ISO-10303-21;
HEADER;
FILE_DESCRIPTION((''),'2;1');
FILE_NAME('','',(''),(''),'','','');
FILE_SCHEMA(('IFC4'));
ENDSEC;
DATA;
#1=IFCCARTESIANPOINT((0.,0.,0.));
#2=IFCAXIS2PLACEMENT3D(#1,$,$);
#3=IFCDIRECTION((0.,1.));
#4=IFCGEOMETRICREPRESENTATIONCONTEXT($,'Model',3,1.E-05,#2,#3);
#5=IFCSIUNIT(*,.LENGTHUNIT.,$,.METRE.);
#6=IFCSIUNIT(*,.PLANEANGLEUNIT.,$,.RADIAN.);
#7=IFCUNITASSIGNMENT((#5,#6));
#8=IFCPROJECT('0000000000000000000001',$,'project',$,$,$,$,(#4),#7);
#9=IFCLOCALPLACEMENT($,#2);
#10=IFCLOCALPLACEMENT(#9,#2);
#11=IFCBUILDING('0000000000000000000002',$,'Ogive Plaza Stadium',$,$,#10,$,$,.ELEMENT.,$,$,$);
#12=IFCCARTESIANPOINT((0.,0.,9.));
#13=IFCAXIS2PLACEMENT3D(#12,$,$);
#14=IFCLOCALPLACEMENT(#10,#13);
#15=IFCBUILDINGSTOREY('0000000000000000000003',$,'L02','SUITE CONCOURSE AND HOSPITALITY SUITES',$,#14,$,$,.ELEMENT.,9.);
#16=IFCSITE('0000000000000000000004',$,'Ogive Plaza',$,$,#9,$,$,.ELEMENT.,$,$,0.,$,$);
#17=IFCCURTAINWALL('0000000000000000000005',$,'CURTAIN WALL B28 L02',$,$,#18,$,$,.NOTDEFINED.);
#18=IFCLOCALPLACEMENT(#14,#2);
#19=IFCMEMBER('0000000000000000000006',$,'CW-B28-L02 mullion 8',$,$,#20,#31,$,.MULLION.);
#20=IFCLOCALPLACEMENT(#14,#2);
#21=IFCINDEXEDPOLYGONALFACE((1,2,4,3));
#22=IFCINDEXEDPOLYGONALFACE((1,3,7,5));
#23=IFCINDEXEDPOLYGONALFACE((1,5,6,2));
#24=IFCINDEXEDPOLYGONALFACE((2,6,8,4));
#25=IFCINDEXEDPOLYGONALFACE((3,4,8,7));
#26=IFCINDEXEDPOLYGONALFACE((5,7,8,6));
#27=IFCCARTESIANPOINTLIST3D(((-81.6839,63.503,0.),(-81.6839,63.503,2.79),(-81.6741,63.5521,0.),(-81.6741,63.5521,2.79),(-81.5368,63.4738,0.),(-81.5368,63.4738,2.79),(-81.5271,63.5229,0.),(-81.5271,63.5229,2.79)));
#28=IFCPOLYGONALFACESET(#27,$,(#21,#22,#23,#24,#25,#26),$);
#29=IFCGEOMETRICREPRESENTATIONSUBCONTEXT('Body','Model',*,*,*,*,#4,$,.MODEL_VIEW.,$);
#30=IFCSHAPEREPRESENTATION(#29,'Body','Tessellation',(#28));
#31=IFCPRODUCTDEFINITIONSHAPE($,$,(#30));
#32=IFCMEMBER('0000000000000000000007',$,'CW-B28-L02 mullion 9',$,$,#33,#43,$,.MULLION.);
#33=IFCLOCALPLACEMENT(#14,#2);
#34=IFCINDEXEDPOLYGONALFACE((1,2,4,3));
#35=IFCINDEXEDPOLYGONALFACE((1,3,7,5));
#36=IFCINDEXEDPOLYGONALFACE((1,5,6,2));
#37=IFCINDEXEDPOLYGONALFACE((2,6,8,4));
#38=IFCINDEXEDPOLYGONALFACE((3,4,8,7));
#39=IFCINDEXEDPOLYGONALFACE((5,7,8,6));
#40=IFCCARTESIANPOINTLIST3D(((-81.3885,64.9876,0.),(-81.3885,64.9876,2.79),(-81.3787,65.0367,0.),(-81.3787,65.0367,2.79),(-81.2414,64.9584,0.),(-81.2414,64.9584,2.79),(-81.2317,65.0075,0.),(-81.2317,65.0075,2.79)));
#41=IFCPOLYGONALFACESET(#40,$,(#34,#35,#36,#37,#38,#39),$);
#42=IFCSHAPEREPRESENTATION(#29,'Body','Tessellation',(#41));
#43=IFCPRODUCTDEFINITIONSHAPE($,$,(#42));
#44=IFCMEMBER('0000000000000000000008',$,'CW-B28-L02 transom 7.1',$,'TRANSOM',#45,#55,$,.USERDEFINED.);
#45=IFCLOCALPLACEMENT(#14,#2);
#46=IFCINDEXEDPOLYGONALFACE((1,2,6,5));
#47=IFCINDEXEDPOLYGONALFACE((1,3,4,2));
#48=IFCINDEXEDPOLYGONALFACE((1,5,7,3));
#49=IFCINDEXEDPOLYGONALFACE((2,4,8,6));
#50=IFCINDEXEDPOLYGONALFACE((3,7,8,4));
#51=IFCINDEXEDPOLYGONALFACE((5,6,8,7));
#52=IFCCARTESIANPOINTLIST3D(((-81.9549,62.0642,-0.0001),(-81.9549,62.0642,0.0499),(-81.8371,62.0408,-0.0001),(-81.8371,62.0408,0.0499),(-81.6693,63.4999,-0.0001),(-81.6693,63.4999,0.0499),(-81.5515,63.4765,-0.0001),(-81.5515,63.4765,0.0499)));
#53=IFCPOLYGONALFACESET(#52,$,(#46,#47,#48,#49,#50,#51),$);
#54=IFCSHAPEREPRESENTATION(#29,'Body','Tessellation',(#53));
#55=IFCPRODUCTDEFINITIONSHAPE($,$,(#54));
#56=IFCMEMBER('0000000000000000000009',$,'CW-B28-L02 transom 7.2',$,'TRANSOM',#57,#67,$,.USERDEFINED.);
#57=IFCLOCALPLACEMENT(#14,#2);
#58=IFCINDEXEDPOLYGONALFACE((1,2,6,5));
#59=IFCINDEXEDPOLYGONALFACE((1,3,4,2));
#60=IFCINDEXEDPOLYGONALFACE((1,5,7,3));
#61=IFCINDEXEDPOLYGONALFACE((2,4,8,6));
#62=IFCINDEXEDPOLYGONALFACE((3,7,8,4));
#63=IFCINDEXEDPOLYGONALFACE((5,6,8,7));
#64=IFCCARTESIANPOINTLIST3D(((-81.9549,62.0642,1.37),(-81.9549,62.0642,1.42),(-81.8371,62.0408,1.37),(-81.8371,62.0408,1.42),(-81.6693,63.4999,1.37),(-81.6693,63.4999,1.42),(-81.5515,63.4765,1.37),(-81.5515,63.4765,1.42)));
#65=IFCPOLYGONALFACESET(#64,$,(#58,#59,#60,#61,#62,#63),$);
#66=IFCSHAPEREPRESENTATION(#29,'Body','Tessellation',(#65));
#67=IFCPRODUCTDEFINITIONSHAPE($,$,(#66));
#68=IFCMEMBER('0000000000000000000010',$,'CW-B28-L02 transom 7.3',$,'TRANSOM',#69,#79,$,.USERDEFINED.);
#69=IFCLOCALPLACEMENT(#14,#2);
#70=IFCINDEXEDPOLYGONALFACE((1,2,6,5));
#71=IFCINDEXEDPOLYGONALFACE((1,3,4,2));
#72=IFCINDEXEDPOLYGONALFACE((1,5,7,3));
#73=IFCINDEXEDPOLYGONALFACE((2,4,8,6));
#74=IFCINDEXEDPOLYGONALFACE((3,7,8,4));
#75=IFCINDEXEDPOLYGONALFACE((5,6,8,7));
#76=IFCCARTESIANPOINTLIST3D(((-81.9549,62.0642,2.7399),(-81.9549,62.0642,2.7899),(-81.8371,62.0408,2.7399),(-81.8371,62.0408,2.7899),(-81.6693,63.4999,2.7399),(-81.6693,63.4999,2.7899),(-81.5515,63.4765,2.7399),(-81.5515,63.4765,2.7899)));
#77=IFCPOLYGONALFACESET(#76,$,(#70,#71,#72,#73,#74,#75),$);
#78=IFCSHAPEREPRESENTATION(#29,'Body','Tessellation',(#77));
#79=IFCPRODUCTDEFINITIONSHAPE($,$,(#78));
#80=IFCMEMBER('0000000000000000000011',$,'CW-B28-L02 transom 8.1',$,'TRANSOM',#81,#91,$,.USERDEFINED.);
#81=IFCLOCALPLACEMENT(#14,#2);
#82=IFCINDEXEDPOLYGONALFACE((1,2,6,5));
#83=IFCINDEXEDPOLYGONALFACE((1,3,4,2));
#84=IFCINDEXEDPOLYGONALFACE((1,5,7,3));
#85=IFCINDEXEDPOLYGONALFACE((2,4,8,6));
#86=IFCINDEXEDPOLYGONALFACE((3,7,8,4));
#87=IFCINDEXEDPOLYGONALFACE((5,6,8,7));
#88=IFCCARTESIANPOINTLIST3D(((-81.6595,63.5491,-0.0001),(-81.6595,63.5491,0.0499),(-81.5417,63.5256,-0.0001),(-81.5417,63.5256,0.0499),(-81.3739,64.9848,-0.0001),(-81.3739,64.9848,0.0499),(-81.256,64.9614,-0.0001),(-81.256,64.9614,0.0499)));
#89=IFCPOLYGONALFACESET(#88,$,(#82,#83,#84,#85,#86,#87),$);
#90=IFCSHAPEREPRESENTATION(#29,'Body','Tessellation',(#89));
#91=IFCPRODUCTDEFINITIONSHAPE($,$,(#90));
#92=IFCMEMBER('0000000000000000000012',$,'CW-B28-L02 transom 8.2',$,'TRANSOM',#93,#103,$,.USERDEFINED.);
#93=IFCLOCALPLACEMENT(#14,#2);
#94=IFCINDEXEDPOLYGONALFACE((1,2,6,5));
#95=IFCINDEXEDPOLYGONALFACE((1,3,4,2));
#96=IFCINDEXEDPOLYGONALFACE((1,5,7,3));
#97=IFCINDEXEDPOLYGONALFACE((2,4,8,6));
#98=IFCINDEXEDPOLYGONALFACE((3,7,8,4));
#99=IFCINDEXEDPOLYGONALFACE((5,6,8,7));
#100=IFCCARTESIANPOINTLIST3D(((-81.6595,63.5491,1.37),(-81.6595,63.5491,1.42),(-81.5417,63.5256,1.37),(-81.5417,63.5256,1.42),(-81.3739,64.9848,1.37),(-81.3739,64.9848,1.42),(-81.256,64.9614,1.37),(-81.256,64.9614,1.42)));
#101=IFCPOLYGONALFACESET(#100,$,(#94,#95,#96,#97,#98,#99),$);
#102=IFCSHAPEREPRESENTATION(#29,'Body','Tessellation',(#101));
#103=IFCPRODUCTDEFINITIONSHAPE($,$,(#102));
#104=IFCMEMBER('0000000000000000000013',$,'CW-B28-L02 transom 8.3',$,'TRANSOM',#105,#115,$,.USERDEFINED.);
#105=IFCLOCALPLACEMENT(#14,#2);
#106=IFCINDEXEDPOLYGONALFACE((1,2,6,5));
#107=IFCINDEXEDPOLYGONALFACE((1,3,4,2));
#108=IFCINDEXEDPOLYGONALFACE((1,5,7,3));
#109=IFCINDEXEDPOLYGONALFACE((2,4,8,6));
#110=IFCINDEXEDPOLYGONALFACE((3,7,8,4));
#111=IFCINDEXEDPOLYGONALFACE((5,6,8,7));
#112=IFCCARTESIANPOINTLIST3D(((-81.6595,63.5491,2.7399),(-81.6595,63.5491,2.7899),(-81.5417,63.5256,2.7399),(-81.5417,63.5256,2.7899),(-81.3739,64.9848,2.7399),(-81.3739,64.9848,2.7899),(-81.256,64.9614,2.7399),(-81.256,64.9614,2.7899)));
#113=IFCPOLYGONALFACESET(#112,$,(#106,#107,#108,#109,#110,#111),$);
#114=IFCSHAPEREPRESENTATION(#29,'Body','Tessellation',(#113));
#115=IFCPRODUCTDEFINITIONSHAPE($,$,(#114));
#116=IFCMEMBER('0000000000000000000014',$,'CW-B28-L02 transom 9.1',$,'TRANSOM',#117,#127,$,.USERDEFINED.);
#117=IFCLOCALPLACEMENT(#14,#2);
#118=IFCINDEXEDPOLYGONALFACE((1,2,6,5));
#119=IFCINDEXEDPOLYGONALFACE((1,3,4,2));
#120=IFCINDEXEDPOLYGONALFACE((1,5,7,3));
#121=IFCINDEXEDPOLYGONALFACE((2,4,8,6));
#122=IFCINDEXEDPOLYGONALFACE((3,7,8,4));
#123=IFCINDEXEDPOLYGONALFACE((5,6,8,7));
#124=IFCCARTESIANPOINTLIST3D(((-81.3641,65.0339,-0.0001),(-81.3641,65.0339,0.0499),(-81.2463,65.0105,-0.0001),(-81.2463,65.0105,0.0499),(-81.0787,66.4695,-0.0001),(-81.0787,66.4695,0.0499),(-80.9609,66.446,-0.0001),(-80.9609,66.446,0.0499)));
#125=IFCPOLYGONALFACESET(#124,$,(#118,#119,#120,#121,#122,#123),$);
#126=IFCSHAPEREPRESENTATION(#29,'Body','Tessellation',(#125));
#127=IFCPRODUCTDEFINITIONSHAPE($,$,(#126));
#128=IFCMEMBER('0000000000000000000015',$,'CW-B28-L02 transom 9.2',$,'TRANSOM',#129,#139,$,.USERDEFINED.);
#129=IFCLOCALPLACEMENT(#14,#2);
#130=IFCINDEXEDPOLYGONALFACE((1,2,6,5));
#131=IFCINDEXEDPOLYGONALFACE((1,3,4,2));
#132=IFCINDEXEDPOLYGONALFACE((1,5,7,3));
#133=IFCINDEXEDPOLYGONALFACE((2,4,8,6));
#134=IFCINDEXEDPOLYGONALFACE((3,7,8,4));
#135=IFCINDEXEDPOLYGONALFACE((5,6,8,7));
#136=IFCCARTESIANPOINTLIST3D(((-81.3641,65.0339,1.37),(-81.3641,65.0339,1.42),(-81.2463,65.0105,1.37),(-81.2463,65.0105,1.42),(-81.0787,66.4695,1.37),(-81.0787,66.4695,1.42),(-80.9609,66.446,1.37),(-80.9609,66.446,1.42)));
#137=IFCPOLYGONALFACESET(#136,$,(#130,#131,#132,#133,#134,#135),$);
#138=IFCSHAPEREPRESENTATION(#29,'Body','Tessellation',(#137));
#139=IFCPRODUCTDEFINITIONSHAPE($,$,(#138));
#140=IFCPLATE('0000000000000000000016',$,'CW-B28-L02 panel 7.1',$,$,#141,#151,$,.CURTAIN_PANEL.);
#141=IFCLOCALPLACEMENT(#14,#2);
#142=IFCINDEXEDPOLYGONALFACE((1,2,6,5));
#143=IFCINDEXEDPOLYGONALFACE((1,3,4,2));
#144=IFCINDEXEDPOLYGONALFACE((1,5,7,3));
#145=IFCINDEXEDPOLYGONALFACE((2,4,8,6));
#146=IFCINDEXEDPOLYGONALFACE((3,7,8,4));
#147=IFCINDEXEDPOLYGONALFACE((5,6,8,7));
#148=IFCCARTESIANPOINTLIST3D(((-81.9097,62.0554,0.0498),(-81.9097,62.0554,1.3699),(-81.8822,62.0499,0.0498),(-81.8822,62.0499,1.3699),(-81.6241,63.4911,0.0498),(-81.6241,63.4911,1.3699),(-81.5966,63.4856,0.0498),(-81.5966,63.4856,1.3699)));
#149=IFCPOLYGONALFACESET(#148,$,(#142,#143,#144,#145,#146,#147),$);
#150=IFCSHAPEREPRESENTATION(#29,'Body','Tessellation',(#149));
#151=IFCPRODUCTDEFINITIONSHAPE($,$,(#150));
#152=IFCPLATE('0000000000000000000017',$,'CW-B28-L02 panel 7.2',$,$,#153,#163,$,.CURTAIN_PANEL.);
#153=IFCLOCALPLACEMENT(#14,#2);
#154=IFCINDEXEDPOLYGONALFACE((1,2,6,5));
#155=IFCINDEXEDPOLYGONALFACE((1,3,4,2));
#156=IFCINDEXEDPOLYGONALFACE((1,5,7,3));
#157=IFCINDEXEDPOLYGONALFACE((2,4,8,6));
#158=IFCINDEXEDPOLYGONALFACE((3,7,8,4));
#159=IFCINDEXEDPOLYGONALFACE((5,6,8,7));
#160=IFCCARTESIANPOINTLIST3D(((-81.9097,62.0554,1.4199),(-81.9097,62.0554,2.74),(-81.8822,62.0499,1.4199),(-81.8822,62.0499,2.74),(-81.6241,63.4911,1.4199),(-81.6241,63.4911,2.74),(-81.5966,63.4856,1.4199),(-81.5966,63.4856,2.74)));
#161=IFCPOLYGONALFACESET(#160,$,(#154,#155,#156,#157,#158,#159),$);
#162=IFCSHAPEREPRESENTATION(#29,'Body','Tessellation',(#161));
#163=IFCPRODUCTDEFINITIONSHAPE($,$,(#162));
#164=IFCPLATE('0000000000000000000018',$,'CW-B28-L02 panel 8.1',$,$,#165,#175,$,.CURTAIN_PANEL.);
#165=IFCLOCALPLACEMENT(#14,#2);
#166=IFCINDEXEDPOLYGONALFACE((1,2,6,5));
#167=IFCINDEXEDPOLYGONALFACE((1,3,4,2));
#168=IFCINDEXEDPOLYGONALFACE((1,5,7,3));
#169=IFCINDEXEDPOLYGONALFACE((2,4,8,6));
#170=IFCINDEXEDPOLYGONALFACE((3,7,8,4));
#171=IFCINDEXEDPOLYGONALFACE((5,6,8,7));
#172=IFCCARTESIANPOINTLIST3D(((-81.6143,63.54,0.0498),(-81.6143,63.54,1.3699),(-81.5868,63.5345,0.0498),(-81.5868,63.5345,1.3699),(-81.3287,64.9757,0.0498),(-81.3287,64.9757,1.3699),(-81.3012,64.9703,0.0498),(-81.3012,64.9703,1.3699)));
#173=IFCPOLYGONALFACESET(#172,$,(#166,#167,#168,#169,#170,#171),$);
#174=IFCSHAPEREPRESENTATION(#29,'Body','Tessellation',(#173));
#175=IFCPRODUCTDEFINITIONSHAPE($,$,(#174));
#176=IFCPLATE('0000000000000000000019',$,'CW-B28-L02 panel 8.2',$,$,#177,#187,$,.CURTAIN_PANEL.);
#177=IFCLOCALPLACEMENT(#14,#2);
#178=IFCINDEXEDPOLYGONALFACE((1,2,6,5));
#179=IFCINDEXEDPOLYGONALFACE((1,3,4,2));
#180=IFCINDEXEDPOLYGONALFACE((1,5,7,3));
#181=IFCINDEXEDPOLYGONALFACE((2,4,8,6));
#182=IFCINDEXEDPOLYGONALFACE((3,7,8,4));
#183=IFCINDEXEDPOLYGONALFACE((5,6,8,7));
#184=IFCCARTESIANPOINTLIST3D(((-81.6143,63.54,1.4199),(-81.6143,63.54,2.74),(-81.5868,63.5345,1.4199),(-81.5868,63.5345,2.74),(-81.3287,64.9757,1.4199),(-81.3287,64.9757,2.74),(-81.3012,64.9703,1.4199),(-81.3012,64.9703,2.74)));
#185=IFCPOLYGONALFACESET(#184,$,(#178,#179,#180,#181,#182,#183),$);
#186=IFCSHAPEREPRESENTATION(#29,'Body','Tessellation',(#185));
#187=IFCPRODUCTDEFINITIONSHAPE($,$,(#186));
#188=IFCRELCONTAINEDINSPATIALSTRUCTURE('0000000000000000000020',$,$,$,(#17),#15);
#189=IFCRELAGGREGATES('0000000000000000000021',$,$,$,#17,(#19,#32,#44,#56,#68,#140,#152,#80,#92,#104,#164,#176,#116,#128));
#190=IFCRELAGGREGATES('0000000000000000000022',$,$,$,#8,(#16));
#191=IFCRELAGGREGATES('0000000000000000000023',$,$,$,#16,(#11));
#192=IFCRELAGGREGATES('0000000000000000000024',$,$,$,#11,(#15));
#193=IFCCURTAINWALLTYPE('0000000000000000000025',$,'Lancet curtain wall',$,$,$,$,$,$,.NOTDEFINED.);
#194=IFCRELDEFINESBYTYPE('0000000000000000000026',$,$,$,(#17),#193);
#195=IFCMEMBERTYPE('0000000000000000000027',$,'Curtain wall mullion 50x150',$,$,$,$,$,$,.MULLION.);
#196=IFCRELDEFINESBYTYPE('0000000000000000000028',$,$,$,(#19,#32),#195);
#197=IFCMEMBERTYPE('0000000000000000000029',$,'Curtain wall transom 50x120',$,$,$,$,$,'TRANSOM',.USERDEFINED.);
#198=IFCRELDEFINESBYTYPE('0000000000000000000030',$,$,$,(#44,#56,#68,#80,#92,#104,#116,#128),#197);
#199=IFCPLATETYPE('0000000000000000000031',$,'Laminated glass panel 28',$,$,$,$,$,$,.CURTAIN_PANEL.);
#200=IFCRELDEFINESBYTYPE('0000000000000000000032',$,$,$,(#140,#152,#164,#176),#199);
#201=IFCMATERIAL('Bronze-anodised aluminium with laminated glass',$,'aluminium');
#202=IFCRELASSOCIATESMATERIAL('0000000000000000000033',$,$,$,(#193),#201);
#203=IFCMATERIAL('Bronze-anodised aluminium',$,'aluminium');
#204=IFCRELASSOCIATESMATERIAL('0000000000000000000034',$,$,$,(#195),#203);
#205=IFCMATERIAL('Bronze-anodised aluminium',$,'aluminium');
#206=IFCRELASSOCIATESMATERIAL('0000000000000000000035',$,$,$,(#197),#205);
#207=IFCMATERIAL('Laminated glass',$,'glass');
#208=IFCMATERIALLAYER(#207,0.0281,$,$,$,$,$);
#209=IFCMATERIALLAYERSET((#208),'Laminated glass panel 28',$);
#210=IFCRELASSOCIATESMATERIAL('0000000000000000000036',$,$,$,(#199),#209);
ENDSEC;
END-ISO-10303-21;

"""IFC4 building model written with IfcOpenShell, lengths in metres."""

from ifc_helpers import new_model, si_unit, direction, frame, origin, origin_2d, place, context, subcontext, project, spatial, rectangle, extrude, material, layer, layer_set, material_profile, profile_set, type_object, element, aggregate, save


model = new_model("IFC4")

# Units and contexts
model_context = context("Model", 3, precision=1e-05, world=origin(), true_north=direction((0.0, 1.0)))
body_context = subcontext(model_context, "Body", "Model", "MODEL_VIEW")
ifc_project = project(units=[si_unit("LENGTHUNIT", "METRE"), si_unit("PLANEANGLEUNIT", "RADIAN")], contexts=[model_context])

# Site, building, storey
site_placement = place(None, origin())
site = spatial("IfcSite", under=ifc_project, at=site_placement, Name="Ogive Plaza", CompositionType="ELEMENT", RefElevation=0.0)
building_placement = place(site_placement, origin())
building = spatial("IfcBuilding", under=site, at=building_placement, Name="Ogive Plaza Stadium", CompositionType="ELEMENT")
storey_placement = place(building_placement, frame((0.0, 0.0, 9.0)))
storey = spatial("IfcBuildingStorey", under=building, at=storey_placement, Name="L02", Description="SUITE CONCOURSE AND HOSPITALITY SUITES", CompositionType="ELEMENT", Elevation=9.0)

# Curtain wall, members, plates
ifc_material_1 = material(Name="Bronze-anodised aluminium with laminated glass", Category="aluminium")
curtain_wall_type = type_object("IfcCurtainWallType", Name="Lancet curtain wall", PredefinedType="NOTDEFINED", material=ifc_material_1)
curtain_wall_placement = place(storey_placement, origin())
curtain_wall = element("IfcCurtainWall", 1, at=curtain_wall_placement, inside=storey, type_object=curtain_wall_type, Name="CURTAIN WALL B28 L02", PredefinedType="NOTDEFINED")
ifc_material_2 = material(Name="Bronze-anodised aluminium", Category="aluminium")
ifc_material_profile_1 = material_profile(ifc_material_2, rectangle(XDim=0.1499, YDim=0.05, at=origin_2d()), Name="AL 150x50")
ifc_profile_set_1 = profile_set([ifc_material_profile_1], Name="Bronze-anodised aluminium")
member_type_1 = type_object("IfcMemberType", Name="Curtain wall mullion 50x150", PredefinedType="MULLION", material=ifc_profile_set_1)
member_1_placement = place(storey_placement, frame((-81.6055, 63.5129, 0.0), z_axis=(0.0, 0.0, 1.0), x_axis=(-0.980785, 0.19509, 0.0)))
member_1 = element("IfcMember", 2, at=member_1_placement, type_object=member_type_1, Name="CW-B28-L02 mullion 8", PredefinedType="MULLION", context=body_context, shape_type="SweptSolid", body=[
    extrude(rectangle(XDim=0.1499, YDim=0.05, at=origin_2d()), origin(), (0.0, 0.0, 1.0), 2.79),
])
member_2_placement = place(storey_placement, frame((-81.3101, 64.9976, 0.0), z_axis=(0.0, 0.0, 1.0), x_axis=(-0.980785, 0.19509, 0.0)))
member_2 = element("IfcMember", 3, at=member_2_placement, type_object=member_type_1, Name="CW-B28-L02 mullion 9", PredefinedType="MULLION", context=body_context, shape_type="SweptSolid", body=[
    extrude(rectangle(XDim=0.1499, YDim=0.05, at=origin_2d()), origin(), (0.0, 0.0, 1.0), 2.79),
])
ifc_material_3 = material(Name="Bronze-anodised aluminium", Category="aluminium")
ifc_material_profile_2 = material_profile(ifc_material_3, rectangle(XDim=0.1201, YDim=0.05, at=origin_2d()), Name="AL 120x50")
ifc_profile_set_2 = profile_set([ifc_material_profile_2], Name="Bronze-anodised aluminium")
member_type_2 = type_object("IfcMemberType", Name="Curtain wall transom 50x120", ElementType="TRANSOM", PredefinedType="USERDEFINED", material=ifc_profile_set_2)
member_3_placement = place(storey_placement, frame((-81.896, 62.0525, 0.0249), z_axis=(0.195122, 0.980779, 0.0), x_axis=(-0.980779, 0.195122, 0.0)))
member_3 = element("IfcMember", 4, at=member_3_placement, type_object=member_type_2, Name="CW-B28-L02 transom 7.1", ObjectType="TRANSOM", PredefinedType="USERDEFINED", context=body_context, shape_type="SweptSolid", body=[
    extrude(rectangle(XDim=0.1201, YDim=0.05, at=origin_2d()), origin(), (0.0, 0.0, 1.0), 1.4639),
])
member_4_placement = place(storey_placement, frame((-81.896, 62.0525, 1.395), z_axis=(0.195122, 0.980779, 0.0), x_axis=(-0.980779, 0.195122, 0.0)))
member_4 = element("IfcMember", 5, at=member_4_placement, type_object=member_type_2, Name="CW-B28-L02 transom 7.2", ObjectType="TRANSOM", PredefinedType="USERDEFINED", context=body_context, shape_type="SweptSolid", body=[
    extrude(rectangle(XDim=0.1201, YDim=0.05, at=origin_2d()), origin(), (0.0, 0.0, 1.0), 1.4639),
])
member_5_placement = place(storey_placement, frame((-81.896, 62.0525, 2.7649), z_axis=(0.195122, 0.980779, 0.0), x_axis=(-0.980779, 0.195122, 0.0)))
member_5 = element("IfcMember", 6, at=member_5_placement, type_object=member_type_2, Name="CW-B28-L02 transom 7.3", ObjectType="TRANSOM", PredefinedType="USERDEFINED", context=body_context, shape_type="SweptSolid", body=[
    extrude(rectangle(XDim=0.1201, YDim=0.05, at=origin_2d()), origin(), (0.0, 0.0, 1.0), 1.4639),
])
member_6_placement = place(storey_placement, frame((-81.6006, 63.5374, 0.0249), z_axis=(0.195122, 0.980779, 0.0), x_axis=(-0.980779, 0.195122, 0.0)))
member_6 = element("IfcMember", 7, at=member_6_placement, type_object=member_type_2, Name="CW-B28-L02 transom 8.1", ObjectType="TRANSOM", PredefinedType="USERDEFINED", context=body_context, shape_type="SweptSolid", body=[
    extrude(rectangle(XDim=0.1201, YDim=0.05, at=origin_2d()), origin(), (0.0, 0.0, 1.0), 1.4639),
])
member_7_placement = place(storey_placement, frame((-81.6006, 63.5374, 1.395), z_axis=(0.195122, 0.980779, 0.0), x_axis=(-0.980779, 0.195122, 0.0)))
member_7 = element("IfcMember", 8, at=member_7_placement, type_object=member_type_2, Name="CW-B28-L02 transom 8.2", ObjectType="TRANSOM", PredefinedType="USERDEFINED", context=body_context, shape_type="SweptSolid", body=[
    extrude(rectangle(XDim=0.1201, YDim=0.05, at=origin_2d()), origin(), (0.0, 0.0, 1.0), 1.4639),
])
member_8_placement = place(storey_placement, frame((-81.6006, 63.5374, 2.7649), z_axis=(0.195122, 0.980779, 0.0), x_axis=(-0.980779, 0.195122, 0.0)))
member_8 = element("IfcMember", 9, at=member_8_placement, type_object=member_type_2, Name="CW-B28-L02 transom 8.3", ObjectType="TRANSOM", PredefinedType="USERDEFINED", context=body_context, shape_type="SweptSolid", body=[
    extrude(rectangle(XDim=0.1201, YDim=0.05, at=origin_2d()), origin(), (0.0, 0.0, 1.0), 1.4639),
])
member_9_placement = place(storey_placement, frame((-81.3052, 65.0222, 0.0249), z_axis=(0.194993, 0.980805, 0.0), x_axis=(-0.980805, 0.194993, 0.0)))
member_9 = element("IfcMember", 10, at=member_9_placement, type_object=member_type_2, Name="CW-B28-L02 transom 9.1", ObjectType="TRANSOM", PredefinedType="USERDEFINED", context=body_context, shape_type="SweptSolid", body=[
    extrude(rectangle(XDim=0.1201, YDim=0.05, at=origin_2d()), origin(), (0.0, 0.0, 1.0), 1.4636),
])
member_10_placement = place(storey_placement, frame((-81.3052, 65.0222, 1.395), z_axis=(0.194993, 0.980805, 0.0), x_axis=(-0.980805, 0.194993, 0.0)))
member_10 = element("IfcMember", 11, at=member_10_placement, type_object=member_type_2, Name="CW-B28-L02 transom 9.2", ObjectType="TRANSOM", PredefinedType="USERDEFINED", context=body_context, shape_type="SweptSolid", body=[
    extrude(rectangle(XDim=0.1201, YDim=0.05, at=origin_2d()), origin(), (0.0, 0.0, 1.0), 1.4636),
])
ifc_material_4 = material(Name="Laminated glass", Category="glass")
ifc_layer = layer(ifc_material_4, 0.0281)
ifc_layer_set = layer_set([ifc_layer], Name="Laminated glass panel 28")
plate_type = type_object("IfcPlateType", Name="Laminated glass panel 28", PredefinedType="CURTAIN_PANEL", material=ifc_layer_set)
plate_1_placement = place(storey_placement, frame((-81.7532, 62.7705, 0.0498), z_axis=(0.0, 0.0, 1.0), x_axis=(0.19509, 0.980785, 0.0)))
plate_1 = element("IfcPlate", 12, at=plate_1_placement, type_object=plate_type, Name="CW-B28-L02 panel 7.1", PredefinedType="CURTAIN_PANEL", context=body_context, shape_type="SweptSolid", body=[
    extrude(rectangle(XDim=1.4639, YDim=0.0281, at=origin_2d()), origin(), (0.0, 0.0, 1.0), 1.3201),
])
plate_2_placement = place(storey_placement, frame((-81.7532, 62.7705, 1.4199), z_axis=(0.0, 0.0, 1.0), x_axis=(0.19509, 0.980785, 0.0)))
plate_2 = element("IfcPlate", 13, at=plate_2_placement, type_object=plate_type, Name="CW-B28-L02 panel 7.2", PredefinedType="CURTAIN_PANEL", context=body_context, shape_type="SweptSolid", body=[
    extrude(rectangle(XDim=1.4639, YDim=0.0281, at=origin_2d()), origin(), (0.0, 0.0, 1.0), 1.3201),
])
plate_3_placement = place(storey_placement, frame((-81.4578, 64.2551, 0.0498), z_axis=(0.0, 0.0, 1.0), x_axis=(0.19509, 0.980785, 0.0)))
plate_3 = element("IfcPlate", 14, at=plate_3_placement, type_object=plate_type, Name="CW-B28-L02 panel 8.1", PredefinedType="CURTAIN_PANEL", context=body_context, shape_type="SweptSolid", body=[
    extrude(rectangle(XDim=1.4639, YDim=0.0281, at=origin_2d()), origin(), (0.0, 0.0, 1.0), 1.3201),
])
plate_4_placement = place(storey_placement, frame((-81.4578, 64.2551, 1.4199), z_axis=(0.0, 0.0, 1.0), x_axis=(0.19509, 0.980785, 0.0)))
plate_4 = element("IfcPlate", 15, at=plate_4_placement, type_object=plate_type, Name="CW-B28-L02 panel 8.2", PredefinedType="CURTAIN_PANEL", context=body_context, shape_type="SweptSolid", body=[
    extrude(rectangle(XDim=1.4639, YDim=0.0281, at=origin_2d()), origin(), (0.0, 0.0, 1.0), 1.3201),
])
aggregate(curtain_wall, [member_1, member_2, member_3, member_4, member_5, plate_1, plate_2, member_6, member_7, member_8, plate_3, plate_4, member_9, member_10])

save(model, "model.ifc")
